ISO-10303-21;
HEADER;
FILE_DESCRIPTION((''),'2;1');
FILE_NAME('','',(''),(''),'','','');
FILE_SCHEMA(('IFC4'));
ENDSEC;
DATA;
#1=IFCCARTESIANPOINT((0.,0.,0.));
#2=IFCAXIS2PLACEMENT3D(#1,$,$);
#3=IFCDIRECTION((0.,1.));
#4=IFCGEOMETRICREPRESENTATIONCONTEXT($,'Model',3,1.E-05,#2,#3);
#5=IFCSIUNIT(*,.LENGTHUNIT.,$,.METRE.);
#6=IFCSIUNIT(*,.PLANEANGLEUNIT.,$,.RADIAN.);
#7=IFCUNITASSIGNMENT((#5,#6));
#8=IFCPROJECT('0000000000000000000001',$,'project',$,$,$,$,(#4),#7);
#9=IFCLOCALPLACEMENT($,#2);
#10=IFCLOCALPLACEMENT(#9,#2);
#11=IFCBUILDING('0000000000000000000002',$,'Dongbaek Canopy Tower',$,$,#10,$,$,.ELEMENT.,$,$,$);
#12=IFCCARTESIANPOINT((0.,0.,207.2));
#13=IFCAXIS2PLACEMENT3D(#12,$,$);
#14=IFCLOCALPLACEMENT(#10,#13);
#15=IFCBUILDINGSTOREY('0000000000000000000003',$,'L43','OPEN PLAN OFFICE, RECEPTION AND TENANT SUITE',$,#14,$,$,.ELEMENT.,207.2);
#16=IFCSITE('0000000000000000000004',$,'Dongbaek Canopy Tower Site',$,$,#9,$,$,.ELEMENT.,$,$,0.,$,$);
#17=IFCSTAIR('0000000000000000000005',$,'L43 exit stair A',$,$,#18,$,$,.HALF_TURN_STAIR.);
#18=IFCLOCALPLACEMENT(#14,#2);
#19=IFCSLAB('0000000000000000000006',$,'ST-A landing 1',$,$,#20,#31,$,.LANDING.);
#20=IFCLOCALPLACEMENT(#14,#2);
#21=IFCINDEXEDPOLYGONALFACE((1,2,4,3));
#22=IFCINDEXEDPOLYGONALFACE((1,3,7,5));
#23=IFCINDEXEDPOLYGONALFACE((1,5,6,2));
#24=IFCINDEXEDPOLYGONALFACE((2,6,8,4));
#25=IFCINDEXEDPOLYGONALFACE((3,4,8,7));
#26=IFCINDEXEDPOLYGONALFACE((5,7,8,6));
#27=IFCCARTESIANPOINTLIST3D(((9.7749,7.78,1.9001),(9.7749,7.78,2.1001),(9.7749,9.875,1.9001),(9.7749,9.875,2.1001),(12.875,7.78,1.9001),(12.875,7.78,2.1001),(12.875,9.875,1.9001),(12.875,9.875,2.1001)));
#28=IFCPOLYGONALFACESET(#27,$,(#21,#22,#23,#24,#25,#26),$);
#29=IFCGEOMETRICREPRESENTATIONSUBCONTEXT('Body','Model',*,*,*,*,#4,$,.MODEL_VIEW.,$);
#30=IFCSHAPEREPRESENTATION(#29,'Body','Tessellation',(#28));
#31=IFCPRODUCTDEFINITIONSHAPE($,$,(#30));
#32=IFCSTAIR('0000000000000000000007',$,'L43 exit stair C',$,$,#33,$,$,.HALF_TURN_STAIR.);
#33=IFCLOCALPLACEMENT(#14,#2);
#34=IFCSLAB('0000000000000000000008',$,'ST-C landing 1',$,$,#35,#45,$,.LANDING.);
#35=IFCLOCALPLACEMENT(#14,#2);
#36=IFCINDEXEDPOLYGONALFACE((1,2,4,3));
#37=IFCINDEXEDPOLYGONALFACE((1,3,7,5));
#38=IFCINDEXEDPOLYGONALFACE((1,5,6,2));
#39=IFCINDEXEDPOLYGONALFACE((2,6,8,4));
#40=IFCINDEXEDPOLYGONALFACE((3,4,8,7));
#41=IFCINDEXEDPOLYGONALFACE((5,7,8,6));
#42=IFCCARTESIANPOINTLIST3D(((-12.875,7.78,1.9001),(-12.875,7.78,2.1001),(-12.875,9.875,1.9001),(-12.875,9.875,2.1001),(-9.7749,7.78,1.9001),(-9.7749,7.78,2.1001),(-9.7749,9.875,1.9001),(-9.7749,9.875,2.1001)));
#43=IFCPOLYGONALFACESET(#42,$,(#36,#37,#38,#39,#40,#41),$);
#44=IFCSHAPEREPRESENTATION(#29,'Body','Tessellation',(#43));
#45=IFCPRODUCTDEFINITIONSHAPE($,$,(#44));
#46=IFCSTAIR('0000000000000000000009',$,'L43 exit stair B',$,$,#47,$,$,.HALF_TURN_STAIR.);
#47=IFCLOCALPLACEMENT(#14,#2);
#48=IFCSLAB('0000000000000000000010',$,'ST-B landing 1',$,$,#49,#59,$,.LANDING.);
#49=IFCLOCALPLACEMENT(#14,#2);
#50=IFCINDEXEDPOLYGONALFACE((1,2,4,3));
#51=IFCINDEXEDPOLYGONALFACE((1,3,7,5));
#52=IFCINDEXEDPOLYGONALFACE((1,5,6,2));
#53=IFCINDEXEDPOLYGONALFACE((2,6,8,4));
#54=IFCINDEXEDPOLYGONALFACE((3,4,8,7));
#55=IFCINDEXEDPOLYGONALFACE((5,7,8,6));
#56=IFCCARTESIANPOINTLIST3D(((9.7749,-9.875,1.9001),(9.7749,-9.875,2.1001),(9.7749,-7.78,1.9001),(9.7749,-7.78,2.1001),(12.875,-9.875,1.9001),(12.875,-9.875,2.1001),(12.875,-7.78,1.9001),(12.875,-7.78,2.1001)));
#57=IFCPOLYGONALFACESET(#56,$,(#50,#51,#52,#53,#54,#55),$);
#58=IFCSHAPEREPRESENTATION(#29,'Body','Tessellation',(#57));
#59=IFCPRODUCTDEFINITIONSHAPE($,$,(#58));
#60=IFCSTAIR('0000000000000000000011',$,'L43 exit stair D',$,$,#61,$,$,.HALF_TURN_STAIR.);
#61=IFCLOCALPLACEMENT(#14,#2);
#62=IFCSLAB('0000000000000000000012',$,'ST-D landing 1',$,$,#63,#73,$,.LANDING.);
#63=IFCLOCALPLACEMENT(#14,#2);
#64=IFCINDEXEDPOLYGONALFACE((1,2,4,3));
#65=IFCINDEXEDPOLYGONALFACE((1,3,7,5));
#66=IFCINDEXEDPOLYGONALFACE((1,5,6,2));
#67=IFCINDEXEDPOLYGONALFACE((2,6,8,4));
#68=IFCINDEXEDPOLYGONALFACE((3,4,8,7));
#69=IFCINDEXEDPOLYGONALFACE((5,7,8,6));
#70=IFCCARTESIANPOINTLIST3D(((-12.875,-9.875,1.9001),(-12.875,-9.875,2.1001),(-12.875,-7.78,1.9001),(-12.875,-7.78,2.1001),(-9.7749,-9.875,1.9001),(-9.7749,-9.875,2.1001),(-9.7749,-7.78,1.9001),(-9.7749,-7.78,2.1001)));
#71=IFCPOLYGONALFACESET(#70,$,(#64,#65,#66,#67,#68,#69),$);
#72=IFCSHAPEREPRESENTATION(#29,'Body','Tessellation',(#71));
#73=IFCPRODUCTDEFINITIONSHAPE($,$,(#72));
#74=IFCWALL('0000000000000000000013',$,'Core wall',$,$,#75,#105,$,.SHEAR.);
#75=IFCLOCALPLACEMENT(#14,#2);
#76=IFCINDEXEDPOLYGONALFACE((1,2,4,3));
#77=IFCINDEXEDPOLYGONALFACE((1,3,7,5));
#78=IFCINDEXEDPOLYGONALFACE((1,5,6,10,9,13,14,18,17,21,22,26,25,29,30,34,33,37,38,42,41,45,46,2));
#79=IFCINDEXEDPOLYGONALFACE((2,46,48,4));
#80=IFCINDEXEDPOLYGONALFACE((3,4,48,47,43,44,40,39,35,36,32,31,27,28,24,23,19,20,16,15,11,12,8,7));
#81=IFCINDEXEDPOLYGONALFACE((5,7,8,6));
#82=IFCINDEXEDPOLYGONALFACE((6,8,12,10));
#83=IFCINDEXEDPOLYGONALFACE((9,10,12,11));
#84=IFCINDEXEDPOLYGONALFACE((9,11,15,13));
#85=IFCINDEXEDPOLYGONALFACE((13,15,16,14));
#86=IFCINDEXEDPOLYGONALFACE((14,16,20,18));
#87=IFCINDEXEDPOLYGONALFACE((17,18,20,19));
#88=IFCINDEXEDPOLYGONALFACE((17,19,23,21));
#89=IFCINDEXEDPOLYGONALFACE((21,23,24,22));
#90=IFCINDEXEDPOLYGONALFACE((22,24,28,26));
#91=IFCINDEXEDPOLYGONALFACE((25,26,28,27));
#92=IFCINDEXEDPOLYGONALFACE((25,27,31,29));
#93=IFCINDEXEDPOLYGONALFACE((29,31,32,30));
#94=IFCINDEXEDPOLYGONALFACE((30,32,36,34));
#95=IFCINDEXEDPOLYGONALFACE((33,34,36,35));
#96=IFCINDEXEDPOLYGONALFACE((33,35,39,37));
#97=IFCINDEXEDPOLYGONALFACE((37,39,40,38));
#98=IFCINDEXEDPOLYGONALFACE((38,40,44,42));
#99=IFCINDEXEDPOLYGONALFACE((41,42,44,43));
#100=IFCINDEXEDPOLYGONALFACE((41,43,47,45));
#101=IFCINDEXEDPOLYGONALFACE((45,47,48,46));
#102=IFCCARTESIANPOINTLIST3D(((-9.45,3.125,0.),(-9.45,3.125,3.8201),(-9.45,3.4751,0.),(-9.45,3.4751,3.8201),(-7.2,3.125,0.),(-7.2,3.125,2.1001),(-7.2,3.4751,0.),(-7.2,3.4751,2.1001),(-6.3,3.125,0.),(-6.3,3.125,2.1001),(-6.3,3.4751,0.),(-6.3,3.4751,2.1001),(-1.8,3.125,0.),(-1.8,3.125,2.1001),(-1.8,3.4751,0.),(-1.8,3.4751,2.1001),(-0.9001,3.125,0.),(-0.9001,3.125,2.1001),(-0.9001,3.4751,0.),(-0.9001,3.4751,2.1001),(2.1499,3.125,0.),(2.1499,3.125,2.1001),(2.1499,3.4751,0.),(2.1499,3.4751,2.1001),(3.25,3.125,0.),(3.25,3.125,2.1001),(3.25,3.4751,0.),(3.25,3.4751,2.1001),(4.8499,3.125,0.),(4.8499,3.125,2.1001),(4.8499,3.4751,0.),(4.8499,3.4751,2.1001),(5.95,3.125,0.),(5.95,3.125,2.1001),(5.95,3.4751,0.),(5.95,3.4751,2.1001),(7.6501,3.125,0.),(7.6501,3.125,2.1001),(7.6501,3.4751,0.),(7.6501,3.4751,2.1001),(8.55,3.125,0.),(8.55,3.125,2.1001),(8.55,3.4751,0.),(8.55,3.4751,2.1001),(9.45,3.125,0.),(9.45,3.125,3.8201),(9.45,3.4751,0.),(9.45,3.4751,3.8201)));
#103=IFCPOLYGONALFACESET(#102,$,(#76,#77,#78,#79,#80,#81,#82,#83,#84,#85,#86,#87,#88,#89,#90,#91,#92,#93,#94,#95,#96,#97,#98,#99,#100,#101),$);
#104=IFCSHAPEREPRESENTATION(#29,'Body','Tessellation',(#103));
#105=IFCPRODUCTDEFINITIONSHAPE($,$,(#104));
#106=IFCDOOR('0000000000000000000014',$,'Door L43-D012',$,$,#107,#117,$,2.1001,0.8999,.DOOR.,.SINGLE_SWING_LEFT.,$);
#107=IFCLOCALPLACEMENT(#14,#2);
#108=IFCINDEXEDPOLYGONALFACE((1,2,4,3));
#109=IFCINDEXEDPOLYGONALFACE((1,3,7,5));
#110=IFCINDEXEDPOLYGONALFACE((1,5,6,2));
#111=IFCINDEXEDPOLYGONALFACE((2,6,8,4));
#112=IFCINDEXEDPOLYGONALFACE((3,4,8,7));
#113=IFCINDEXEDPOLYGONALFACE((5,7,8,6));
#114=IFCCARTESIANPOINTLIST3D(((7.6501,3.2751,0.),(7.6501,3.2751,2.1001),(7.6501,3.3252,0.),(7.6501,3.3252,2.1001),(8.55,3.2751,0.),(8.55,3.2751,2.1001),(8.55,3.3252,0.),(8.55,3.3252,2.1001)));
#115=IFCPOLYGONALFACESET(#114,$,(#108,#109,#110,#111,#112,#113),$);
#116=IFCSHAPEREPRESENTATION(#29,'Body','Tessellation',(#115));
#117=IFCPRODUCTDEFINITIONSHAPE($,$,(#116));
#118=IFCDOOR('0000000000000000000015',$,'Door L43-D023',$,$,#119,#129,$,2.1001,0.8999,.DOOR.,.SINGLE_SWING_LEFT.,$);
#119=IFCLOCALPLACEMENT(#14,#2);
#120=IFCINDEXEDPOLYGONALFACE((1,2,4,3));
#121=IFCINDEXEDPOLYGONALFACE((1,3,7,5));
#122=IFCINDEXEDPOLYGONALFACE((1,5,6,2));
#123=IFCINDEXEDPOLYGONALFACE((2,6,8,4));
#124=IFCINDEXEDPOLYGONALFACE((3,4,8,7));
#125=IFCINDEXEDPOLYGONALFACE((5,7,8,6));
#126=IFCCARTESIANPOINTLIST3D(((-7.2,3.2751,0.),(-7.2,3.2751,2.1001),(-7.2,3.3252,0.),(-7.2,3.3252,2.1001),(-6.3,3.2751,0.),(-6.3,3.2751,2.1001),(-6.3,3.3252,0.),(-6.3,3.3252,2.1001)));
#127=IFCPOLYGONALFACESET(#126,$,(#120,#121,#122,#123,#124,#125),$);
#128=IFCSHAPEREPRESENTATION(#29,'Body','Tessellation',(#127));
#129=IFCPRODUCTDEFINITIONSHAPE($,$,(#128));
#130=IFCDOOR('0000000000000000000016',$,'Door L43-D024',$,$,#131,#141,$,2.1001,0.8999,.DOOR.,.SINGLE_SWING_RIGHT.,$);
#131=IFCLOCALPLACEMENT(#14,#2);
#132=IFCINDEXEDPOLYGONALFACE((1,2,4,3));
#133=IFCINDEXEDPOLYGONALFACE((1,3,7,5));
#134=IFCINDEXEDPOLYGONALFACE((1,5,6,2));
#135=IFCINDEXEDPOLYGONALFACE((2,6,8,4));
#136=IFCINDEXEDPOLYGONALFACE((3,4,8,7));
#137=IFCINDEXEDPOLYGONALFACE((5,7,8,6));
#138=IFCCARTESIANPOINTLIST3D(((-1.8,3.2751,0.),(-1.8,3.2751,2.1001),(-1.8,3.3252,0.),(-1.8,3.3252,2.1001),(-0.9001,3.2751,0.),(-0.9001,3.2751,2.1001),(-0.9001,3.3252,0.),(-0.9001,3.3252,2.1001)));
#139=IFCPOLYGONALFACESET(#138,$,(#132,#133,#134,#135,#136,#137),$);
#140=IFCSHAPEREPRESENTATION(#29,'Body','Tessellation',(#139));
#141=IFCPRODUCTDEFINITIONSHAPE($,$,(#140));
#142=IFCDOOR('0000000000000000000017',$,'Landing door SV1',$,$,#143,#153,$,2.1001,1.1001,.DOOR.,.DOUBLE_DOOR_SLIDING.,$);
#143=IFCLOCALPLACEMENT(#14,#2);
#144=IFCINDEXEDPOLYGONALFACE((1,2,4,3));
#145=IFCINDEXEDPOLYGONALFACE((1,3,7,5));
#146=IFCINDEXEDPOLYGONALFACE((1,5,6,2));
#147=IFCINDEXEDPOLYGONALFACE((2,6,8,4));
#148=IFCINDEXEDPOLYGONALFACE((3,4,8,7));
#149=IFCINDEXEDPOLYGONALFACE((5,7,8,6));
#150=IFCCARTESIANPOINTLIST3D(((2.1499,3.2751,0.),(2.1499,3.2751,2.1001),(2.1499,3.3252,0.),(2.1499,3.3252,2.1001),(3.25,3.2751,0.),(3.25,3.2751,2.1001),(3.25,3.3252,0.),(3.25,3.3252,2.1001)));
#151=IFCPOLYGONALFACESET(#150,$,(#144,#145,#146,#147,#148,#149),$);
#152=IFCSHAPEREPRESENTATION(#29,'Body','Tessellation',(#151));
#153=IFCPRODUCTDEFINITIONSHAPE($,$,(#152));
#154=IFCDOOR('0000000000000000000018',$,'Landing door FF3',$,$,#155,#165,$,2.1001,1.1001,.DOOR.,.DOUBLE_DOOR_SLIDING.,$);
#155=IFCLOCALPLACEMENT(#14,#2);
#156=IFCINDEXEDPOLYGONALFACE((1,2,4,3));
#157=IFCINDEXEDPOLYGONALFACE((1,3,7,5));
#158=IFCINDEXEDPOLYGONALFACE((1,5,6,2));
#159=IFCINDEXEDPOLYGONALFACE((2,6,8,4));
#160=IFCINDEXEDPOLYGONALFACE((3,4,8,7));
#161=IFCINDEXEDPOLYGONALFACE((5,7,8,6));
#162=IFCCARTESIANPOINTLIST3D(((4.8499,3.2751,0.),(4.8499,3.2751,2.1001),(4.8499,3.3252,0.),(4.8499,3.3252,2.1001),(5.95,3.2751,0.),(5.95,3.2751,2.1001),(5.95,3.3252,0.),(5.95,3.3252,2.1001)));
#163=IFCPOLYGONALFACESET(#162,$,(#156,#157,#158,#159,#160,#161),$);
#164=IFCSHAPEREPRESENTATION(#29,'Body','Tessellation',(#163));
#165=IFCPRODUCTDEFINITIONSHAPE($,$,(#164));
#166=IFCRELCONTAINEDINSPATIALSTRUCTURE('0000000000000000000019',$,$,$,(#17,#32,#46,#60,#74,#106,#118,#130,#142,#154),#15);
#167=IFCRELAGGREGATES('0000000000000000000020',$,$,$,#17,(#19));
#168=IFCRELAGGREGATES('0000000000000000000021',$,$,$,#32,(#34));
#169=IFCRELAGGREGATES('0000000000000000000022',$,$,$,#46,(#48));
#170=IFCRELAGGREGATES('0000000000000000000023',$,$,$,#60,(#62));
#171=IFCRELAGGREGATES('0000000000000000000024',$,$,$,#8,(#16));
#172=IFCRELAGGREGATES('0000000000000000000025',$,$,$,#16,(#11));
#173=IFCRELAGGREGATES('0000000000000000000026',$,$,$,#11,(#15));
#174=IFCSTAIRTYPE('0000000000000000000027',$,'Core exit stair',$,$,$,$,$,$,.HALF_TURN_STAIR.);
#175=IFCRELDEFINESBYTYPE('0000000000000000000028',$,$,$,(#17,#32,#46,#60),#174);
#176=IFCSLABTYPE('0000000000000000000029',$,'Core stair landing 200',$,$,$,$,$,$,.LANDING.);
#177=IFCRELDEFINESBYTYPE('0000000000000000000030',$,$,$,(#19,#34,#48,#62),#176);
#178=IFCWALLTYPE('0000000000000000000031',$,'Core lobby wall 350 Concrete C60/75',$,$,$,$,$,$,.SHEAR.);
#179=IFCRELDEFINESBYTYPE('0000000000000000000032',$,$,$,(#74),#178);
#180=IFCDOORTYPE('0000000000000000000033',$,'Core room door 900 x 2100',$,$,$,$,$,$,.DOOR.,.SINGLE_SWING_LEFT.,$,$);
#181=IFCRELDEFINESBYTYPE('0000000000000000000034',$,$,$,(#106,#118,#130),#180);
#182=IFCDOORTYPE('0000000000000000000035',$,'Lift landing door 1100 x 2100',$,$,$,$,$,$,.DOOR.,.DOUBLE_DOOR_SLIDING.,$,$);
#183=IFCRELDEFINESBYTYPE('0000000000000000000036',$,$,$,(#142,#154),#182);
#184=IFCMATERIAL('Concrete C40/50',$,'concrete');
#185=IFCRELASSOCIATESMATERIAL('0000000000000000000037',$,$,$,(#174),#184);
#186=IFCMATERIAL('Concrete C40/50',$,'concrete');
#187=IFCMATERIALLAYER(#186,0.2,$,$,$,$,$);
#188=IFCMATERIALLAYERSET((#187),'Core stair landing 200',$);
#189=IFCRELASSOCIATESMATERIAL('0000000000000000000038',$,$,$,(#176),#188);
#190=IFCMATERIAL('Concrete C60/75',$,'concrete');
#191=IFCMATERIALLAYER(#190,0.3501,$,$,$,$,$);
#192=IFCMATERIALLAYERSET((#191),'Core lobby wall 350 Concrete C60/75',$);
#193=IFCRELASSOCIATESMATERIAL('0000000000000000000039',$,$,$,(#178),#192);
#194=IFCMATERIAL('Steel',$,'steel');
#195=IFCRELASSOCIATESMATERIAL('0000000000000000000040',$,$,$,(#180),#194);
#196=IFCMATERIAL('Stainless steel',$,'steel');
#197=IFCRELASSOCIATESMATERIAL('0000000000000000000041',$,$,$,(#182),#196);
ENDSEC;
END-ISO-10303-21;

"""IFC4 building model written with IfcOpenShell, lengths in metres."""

from ifc_helpers import new_model, si_unit, direction, frame, frame_2d, origin, place, context, subcontext, project, spatial, polyline, rectangle, outline, extrude, material, layer, layer_set, type_object, element, fill, aggregate, save


model = new_model("IFC4")

# Units and contexts
model_context = context("Model", 3, precision=1e-05, world=origin(), true_north=direction((0.0, 1.0)))
body_context = subcontext(model_context, "Body", "Model", "MODEL_VIEW")
ifc_project = project(units=[si_unit("LENGTHUNIT", "METRE"), si_unit("PLANEANGLEUNIT", "RADIAN")], contexts=[model_context])

# Site, building, storey
site_placement = place(None, origin())
site = spatial("IfcSite", under=ifc_project, at=site_placement, Name="Dongbaek Canopy Tower Site", CompositionType="ELEMENT", RefElevation=0.0)
building_placement = place(site_placement, origin())
building = spatial("IfcBuilding", under=site, at=building_placement, Name="Dongbaek Canopy Tower", CompositionType="ELEMENT")
storey_placement = place(building_placement, frame((0.0, 0.0, 207.2)))
storey = spatial("IfcBuildingStorey", under=building, at=storey_placement, Name="L43", Description="OPEN PLAN OFFICE, RECEPTION AND TENANT SUITE", CompositionType="ELEMENT", Elevation=207.2)

# Stairs, slabs
ifc_material_1 = material(Name="Concrete C40/50", Category="concrete")
stair_type = type_object("IfcStairType", Name="Core exit stair", PredefinedType="HALF_TURN_STAIR", material=ifc_material_1)
stair_1_placement = place(storey_placement, origin())
stair_1 = element("IfcStair", 1, at=stair_1_placement, inside=storey, type_object=stair_type, Name="L43 exit stair A", PredefinedType="HALF_TURN_STAIR")
ifc_material_2 = material(Name="Concrete C40/50", Category="concrete")
ifc_layer_1 = layer(ifc_material_2, 0.2)
ifc_layer_set_1 = layer_set([ifc_layer_1], Name="Core stair landing 200")
slab_type = type_object("IfcSlabType", Name="Core stair landing 200", PredefinedType="LANDING", material=ifc_layer_set_1)
slab_1_placement = place(storey_placement, frame((0.0, 0.0, 1.9001)))
slab_1 = element("IfcSlab", 2, at=slab_1_placement, type_object=slab_type, Name="ST-A landing 1", PredefinedType="LANDING", context=body_context, shape_type="SweptSolid", body=[
    extrude(outline(polyline([(12.875, 7.78), (12.875, 9.875), (9.7749, 9.875), (9.7749, 7.78), (12.875, 7.78)])), origin(), (0.0, 0.0, 1.0), 0.2),
])
aggregate(stair_1, [slab_1])
stair_2_placement = place(storey_placement, origin())
stair_2 = element("IfcStair", 3, at=stair_2_placement, inside=storey, type_object=stair_type, Name="L43 exit stair C", PredefinedType="HALF_TURN_STAIR")
slab_2_placement = place(storey_placement, frame((0.0, 0.0, 1.9001)))
slab_2 = element("IfcSlab", 4, at=slab_2_placement, type_object=slab_type, Name="ST-C landing 1", PredefinedType="LANDING", context=body_context, shape_type="SweptSolid", body=[
    extrude(outline(polyline([(-9.7749, 7.78), (-9.7749, 9.875), (-12.875, 9.875), (-12.875, 7.78), (-9.7749, 7.78)])), origin(), (0.0, 0.0, 1.0), 0.2),
])
aggregate(stair_2, [slab_2])
stair_3_placement = place(storey_placement, origin())
stair_3 = element("IfcStair", 5, at=stair_3_placement, inside=storey, type_object=stair_type, Name="L43 exit stair B", PredefinedType="HALF_TURN_STAIR")
slab_3_placement = place(storey_placement, frame((0.0, 0.0, 1.9001)))
slab_3 = element("IfcSlab", 6, at=slab_3_placement, type_object=slab_type, Name="ST-B landing 1", PredefinedType="LANDING", context=body_context, shape_type="SweptSolid", body=[
    extrude(outline(polyline([(9.7749, -7.78), (9.7749, -9.875), (12.875, -9.875), (12.875, -7.78), (9.7749, -7.78)])), origin(), (0.0, 0.0, 1.0), 0.2),
])
aggregate(stair_3, [slab_3])
stair_4_placement = place(storey_placement, origin())
stair_4 = element("IfcStair", 7, at=stair_4_placement, inside=storey, type_object=stair_type, Name="L43 exit stair D", PredefinedType="HALF_TURN_STAIR")
slab_4_placement = place(storey_placement, frame((0.0, 0.0, 1.9001)))
slab_4 = element("IfcSlab", 8, at=slab_4_placement, type_object=slab_type, Name="ST-D landing 1", PredefinedType="LANDING", context=body_context, shape_type="SweptSolid", body=[
    extrude(outline(polyline([(-12.875, -7.78), (-12.875, -9.875), (-9.7749, -9.875), (-9.7749, -7.78), (-12.875, -7.78)])), origin(), (0.0, 0.0, 1.0), 0.2),
])
aggregate(stair_4, [slab_4])

# Wall, openings, doors
ifc_material_3 = material(Name="Concrete C60/75", Category="concrete")
ifc_layer_2 = layer(ifc_material_3, 0.3501)
ifc_layer_set_2 = layer_set([ifc_layer_2], Name="Core lobby wall 350 Concrete C60/75")
wall_type_1 = type_object("IfcWallType", Name="Core lobby wall 350 Concrete C60/75", PredefinedType="SHEAR", material=ifc_layer_set_2)
wall_1_placement = place(storey_placement, frame((9.45, 3.3, 0.0), z_axis=(0.0, 0.0, 1.0), x_axis=(-1.0, 0.0, 0.0)))
wall_1 = element("IfcWall", 9, at=wall_1_placement, inside=storey, type_object=wall_type_1, Name="Core wall", PredefinedType="SHEAR", context=body_context, shape_type="SweptSolid", body=[
    extrude(rectangle(XDim=18.8999, YDim=0.3501, at=frame_2d((9.45, 0.0))), origin(), (0.0, 0.0, 1.0), 3.8201),
])
opening_1_placement = place(wall_1_placement, frame((6.2, 0.0, 0.0)))
opening_1 = element("IfcOpeningElement", 10, at=opening_1_placement, cuts=wall_1, PredefinedType="OPENING", context=body_context, shape_type="SweptSolid", body=[
    extrude(rectangle(XDim=1.1001, YDim=2.1001, at=frame_2d((0.55, 1.05))), frame((0.0, 0.1851, 0.0), z_axis=(0.0, -1.0, 0.0), x_axis=(1.0, 0.0, 0.0)), (0.0, 0.0, 1.0), 0.3701),
])
opening_2_placement = place(wall_1_placement, frame((3.5, 0.0, 0.0)))
opening_2 = element("IfcOpeningElement", 11, at=opening_2_placement, cuts=wall_1, PredefinedType="OPENING", context=body_context, shape_type="SweptSolid", body=[
    extrude(rectangle(XDim=1.1001, YDim=2.1001, at=frame_2d((0.55, 1.05))), frame((0.0, 0.1851, 0.0), z_axis=(0.0, -1.0, 0.0), x_axis=(1.0, 0.0, 0.0)), (0.0, 0.0, 1.0), 0.3701),
])
opening_3_placement = place(wall_1_placement, frame((0.8999, 0.0, 0.0)))
opening_3 = element("IfcOpeningElement", 12, at=opening_3_placement, cuts=wall_1, PredefinedType="OPENING", context=body_context, shape_type="SweptSolid", body=[
    extrude(rectangle(XDim=0.8999, YDim=2.1001, at=frame_2d((0.45, 1.05))), frame((0.0, 0.1851, 0.0), z_axis=(0.0, -1.0, 0.0), x_axis=(1.0, 0.0, 0.0)), (0.0, 0.0, 1.0), 0.3701),
])
opening_4_placement = place(wall_1_placement, frame((15.75, 0.0, 0.0)))
opening_4 = element("IfcOpeningElement", 13, at=opening_4_placement, cuts=wall_1, PredefinedType="OPENING", context=body_context, shape_type="SweptSolid", body=[
    extrude(rectangle(XDim=0.8999, YDim=2.1001, at=frame_2d((0.45, 1.05))), frame((0.0, 0.1851, 0.0), z_axis=(0.0, -1.0, 0.0), x_axis=(1.0, 0.0, 0.0)), (0.0, 0.0, 1.0), 0.3701),
])
opening_5_placement = place(wall_1_placement, frame((10.3501, 0.0, 0.0)))
opening_5 = element("IfcOpeningElement", 14, at=opening_5_placement, cuts=wall_1, PredefinedType="OPENING", context=body_context, shape_type="SweptSolid", body=[
    extrude(rectangle(XDim=0.8999, YDim=2.1001, at=frame_2d((0.45, 1.05))), frame((0.0, 0.1851, 0.0), z_axis=(0.0, -1.0, 0.0), x_axis=(1.0, 0.0, 0.0)), (0.0, 0.0, 1.0), 0.3701),
])
ifc_material_4 = material(Name="Steel", Category="steel")
door_type_1 = type_object("IfcDoorType", Name="Core room door 900 x 2100", OperationType="SINGLE_SWING_LEFT", PredefinedType="DOOR", material=ifc_material_4)
door_1_placement = place(opening_3_placement, origin())
door_1 = element("IfcDoor", 15, at=door_1_placement, inside=storey, type_object=door_type_1, Name="Door L43-D012", OperationType="SINGLE_SWING_LEFT", OverallHeight=2.1001, OverallWidth=0.8999, PredefinedType="DOOR", context=body_context, shape_type="SweptSolid", body=[
    extrude(rectangle(XDim=0.8999, YDim=2.1001, at=frame_2d((0.45, 1.05))), frame((0.0, 0.0249, 0.0), z_axis=(0.0, -1.0, 0.0), x_axis=(1.0, 0.0, 0.0)), (0.0, 0.0, 1.0), 0.05),
])
fill(opening_3, door_1)
door_2_placement = place(opening_4_placement, origin())
door_2 = element("IfcDoor", 16, at=door_2_placement, inside=storey, type_object=door_type_1, Name="Door L43-D023", OperationType="SINGLE_SWING_LEFT", OverallHeight=2.1001, OverallWidth=0.8999, PredefinedType="DOOR", context=body_context, shape_type="SweptSolid", body=[
    extrude(rectangle(XDim=0.8999, YDim=2.1001, at=frame_2d((0.45, 1.05))), frame((0.0, 0.0249, 0.0), z_axis=(0.0, -1.0, 0.0), x_axis=(1.0, 0.0, 0.0)), (0.0, 0.0, 1.0), 0.05),
])
fill(opening_4, door_2)
door_3_placement = place(opening_5_placement, origin())
door_3 = element("IfcDoor", 17, at=door_3_placement, inside=storey, type_object=door_type_1, Name="Door L43-D024", OperationType="SINGLE_SWING_RIGHT", OverallHeight=2.1001, OverallWidth=0.8999, PredefinedType="DOOR", context=body_context, shape_type="SweptSolid", body=[
    extrude(rectangle(XDim=0.8999, YDim=2.1001, at=frame_2d((0.45, 1.05))), frame((0.0, 0.0249, 0.0), z_axis=(0.0, -1.0, 0.0), x_axis=(1.0, 0.0, 0.0)), (0.0, 0.0, 1.0), 0.05),
])
fill(opening_5, door_3)
ifc_material_5 = material(Name="Stainless steel", Category="steel")
door_type_2 = type_object("IfcDoorType", Name="Lift landing door 1100 x 2100", OperationType="DOUBLE_DOOR_SLIDING", PredefinedType="DOOR", material=ifc_material_5)
door_4_placement = place(opening_1_placement, origin())
door_4 = element("IfcDoor", 18, at=door_4_placement, inside=storey, type_object=door_type_2, Name="Landing door SV1", OperationType="DOUBLE_DOOR_SLIDING", OverallHeight=2.1001, OverallWidth=1.1001, PredefinedType="DOOR", context=body_context, shape_type="SweptSolid", body=[
    extrude(rectangle(XDim=1.1001, YDim=2.1001, at=frame_2d((0.55, 1.05))), frame((0.0, 0.0249, 0.0), z_axis=(0.0, -1.0, 0.0), x_axis=(1.0, 0.0, 0.0)), (0.0, 0.0, 1.0), 0.05),
])
fill(opening_1, door_4)
door_5_placement = place(opening_2_placement, origin())
door_5 = element("IfcDoor", 19, at=door_5_placement, inside=storey, type_object=door_type_2, Name="Landing door FF3", OperationType="DOUBLE_DOOR_SLIDING", OverallHeight=2.1001, OverallWidth=1.1001, PredefinedType="DOOR", context=body_context, shape_type="SweptSolid", body=[
    extrude(rectangle(XDim=1.1001, YDim=2.1001, at=frame_2d((0.55, 1.05))), frame((0.0, 0.0249, 0.0), z_axis=(0.0, -1.0, 0.0), x_axis=(1.0, 0.0, 0.0)), (0.0, 0.0, 1.0), 0.05),
])
fill(opening_2, door_5)

save(model, "model.ifc")
